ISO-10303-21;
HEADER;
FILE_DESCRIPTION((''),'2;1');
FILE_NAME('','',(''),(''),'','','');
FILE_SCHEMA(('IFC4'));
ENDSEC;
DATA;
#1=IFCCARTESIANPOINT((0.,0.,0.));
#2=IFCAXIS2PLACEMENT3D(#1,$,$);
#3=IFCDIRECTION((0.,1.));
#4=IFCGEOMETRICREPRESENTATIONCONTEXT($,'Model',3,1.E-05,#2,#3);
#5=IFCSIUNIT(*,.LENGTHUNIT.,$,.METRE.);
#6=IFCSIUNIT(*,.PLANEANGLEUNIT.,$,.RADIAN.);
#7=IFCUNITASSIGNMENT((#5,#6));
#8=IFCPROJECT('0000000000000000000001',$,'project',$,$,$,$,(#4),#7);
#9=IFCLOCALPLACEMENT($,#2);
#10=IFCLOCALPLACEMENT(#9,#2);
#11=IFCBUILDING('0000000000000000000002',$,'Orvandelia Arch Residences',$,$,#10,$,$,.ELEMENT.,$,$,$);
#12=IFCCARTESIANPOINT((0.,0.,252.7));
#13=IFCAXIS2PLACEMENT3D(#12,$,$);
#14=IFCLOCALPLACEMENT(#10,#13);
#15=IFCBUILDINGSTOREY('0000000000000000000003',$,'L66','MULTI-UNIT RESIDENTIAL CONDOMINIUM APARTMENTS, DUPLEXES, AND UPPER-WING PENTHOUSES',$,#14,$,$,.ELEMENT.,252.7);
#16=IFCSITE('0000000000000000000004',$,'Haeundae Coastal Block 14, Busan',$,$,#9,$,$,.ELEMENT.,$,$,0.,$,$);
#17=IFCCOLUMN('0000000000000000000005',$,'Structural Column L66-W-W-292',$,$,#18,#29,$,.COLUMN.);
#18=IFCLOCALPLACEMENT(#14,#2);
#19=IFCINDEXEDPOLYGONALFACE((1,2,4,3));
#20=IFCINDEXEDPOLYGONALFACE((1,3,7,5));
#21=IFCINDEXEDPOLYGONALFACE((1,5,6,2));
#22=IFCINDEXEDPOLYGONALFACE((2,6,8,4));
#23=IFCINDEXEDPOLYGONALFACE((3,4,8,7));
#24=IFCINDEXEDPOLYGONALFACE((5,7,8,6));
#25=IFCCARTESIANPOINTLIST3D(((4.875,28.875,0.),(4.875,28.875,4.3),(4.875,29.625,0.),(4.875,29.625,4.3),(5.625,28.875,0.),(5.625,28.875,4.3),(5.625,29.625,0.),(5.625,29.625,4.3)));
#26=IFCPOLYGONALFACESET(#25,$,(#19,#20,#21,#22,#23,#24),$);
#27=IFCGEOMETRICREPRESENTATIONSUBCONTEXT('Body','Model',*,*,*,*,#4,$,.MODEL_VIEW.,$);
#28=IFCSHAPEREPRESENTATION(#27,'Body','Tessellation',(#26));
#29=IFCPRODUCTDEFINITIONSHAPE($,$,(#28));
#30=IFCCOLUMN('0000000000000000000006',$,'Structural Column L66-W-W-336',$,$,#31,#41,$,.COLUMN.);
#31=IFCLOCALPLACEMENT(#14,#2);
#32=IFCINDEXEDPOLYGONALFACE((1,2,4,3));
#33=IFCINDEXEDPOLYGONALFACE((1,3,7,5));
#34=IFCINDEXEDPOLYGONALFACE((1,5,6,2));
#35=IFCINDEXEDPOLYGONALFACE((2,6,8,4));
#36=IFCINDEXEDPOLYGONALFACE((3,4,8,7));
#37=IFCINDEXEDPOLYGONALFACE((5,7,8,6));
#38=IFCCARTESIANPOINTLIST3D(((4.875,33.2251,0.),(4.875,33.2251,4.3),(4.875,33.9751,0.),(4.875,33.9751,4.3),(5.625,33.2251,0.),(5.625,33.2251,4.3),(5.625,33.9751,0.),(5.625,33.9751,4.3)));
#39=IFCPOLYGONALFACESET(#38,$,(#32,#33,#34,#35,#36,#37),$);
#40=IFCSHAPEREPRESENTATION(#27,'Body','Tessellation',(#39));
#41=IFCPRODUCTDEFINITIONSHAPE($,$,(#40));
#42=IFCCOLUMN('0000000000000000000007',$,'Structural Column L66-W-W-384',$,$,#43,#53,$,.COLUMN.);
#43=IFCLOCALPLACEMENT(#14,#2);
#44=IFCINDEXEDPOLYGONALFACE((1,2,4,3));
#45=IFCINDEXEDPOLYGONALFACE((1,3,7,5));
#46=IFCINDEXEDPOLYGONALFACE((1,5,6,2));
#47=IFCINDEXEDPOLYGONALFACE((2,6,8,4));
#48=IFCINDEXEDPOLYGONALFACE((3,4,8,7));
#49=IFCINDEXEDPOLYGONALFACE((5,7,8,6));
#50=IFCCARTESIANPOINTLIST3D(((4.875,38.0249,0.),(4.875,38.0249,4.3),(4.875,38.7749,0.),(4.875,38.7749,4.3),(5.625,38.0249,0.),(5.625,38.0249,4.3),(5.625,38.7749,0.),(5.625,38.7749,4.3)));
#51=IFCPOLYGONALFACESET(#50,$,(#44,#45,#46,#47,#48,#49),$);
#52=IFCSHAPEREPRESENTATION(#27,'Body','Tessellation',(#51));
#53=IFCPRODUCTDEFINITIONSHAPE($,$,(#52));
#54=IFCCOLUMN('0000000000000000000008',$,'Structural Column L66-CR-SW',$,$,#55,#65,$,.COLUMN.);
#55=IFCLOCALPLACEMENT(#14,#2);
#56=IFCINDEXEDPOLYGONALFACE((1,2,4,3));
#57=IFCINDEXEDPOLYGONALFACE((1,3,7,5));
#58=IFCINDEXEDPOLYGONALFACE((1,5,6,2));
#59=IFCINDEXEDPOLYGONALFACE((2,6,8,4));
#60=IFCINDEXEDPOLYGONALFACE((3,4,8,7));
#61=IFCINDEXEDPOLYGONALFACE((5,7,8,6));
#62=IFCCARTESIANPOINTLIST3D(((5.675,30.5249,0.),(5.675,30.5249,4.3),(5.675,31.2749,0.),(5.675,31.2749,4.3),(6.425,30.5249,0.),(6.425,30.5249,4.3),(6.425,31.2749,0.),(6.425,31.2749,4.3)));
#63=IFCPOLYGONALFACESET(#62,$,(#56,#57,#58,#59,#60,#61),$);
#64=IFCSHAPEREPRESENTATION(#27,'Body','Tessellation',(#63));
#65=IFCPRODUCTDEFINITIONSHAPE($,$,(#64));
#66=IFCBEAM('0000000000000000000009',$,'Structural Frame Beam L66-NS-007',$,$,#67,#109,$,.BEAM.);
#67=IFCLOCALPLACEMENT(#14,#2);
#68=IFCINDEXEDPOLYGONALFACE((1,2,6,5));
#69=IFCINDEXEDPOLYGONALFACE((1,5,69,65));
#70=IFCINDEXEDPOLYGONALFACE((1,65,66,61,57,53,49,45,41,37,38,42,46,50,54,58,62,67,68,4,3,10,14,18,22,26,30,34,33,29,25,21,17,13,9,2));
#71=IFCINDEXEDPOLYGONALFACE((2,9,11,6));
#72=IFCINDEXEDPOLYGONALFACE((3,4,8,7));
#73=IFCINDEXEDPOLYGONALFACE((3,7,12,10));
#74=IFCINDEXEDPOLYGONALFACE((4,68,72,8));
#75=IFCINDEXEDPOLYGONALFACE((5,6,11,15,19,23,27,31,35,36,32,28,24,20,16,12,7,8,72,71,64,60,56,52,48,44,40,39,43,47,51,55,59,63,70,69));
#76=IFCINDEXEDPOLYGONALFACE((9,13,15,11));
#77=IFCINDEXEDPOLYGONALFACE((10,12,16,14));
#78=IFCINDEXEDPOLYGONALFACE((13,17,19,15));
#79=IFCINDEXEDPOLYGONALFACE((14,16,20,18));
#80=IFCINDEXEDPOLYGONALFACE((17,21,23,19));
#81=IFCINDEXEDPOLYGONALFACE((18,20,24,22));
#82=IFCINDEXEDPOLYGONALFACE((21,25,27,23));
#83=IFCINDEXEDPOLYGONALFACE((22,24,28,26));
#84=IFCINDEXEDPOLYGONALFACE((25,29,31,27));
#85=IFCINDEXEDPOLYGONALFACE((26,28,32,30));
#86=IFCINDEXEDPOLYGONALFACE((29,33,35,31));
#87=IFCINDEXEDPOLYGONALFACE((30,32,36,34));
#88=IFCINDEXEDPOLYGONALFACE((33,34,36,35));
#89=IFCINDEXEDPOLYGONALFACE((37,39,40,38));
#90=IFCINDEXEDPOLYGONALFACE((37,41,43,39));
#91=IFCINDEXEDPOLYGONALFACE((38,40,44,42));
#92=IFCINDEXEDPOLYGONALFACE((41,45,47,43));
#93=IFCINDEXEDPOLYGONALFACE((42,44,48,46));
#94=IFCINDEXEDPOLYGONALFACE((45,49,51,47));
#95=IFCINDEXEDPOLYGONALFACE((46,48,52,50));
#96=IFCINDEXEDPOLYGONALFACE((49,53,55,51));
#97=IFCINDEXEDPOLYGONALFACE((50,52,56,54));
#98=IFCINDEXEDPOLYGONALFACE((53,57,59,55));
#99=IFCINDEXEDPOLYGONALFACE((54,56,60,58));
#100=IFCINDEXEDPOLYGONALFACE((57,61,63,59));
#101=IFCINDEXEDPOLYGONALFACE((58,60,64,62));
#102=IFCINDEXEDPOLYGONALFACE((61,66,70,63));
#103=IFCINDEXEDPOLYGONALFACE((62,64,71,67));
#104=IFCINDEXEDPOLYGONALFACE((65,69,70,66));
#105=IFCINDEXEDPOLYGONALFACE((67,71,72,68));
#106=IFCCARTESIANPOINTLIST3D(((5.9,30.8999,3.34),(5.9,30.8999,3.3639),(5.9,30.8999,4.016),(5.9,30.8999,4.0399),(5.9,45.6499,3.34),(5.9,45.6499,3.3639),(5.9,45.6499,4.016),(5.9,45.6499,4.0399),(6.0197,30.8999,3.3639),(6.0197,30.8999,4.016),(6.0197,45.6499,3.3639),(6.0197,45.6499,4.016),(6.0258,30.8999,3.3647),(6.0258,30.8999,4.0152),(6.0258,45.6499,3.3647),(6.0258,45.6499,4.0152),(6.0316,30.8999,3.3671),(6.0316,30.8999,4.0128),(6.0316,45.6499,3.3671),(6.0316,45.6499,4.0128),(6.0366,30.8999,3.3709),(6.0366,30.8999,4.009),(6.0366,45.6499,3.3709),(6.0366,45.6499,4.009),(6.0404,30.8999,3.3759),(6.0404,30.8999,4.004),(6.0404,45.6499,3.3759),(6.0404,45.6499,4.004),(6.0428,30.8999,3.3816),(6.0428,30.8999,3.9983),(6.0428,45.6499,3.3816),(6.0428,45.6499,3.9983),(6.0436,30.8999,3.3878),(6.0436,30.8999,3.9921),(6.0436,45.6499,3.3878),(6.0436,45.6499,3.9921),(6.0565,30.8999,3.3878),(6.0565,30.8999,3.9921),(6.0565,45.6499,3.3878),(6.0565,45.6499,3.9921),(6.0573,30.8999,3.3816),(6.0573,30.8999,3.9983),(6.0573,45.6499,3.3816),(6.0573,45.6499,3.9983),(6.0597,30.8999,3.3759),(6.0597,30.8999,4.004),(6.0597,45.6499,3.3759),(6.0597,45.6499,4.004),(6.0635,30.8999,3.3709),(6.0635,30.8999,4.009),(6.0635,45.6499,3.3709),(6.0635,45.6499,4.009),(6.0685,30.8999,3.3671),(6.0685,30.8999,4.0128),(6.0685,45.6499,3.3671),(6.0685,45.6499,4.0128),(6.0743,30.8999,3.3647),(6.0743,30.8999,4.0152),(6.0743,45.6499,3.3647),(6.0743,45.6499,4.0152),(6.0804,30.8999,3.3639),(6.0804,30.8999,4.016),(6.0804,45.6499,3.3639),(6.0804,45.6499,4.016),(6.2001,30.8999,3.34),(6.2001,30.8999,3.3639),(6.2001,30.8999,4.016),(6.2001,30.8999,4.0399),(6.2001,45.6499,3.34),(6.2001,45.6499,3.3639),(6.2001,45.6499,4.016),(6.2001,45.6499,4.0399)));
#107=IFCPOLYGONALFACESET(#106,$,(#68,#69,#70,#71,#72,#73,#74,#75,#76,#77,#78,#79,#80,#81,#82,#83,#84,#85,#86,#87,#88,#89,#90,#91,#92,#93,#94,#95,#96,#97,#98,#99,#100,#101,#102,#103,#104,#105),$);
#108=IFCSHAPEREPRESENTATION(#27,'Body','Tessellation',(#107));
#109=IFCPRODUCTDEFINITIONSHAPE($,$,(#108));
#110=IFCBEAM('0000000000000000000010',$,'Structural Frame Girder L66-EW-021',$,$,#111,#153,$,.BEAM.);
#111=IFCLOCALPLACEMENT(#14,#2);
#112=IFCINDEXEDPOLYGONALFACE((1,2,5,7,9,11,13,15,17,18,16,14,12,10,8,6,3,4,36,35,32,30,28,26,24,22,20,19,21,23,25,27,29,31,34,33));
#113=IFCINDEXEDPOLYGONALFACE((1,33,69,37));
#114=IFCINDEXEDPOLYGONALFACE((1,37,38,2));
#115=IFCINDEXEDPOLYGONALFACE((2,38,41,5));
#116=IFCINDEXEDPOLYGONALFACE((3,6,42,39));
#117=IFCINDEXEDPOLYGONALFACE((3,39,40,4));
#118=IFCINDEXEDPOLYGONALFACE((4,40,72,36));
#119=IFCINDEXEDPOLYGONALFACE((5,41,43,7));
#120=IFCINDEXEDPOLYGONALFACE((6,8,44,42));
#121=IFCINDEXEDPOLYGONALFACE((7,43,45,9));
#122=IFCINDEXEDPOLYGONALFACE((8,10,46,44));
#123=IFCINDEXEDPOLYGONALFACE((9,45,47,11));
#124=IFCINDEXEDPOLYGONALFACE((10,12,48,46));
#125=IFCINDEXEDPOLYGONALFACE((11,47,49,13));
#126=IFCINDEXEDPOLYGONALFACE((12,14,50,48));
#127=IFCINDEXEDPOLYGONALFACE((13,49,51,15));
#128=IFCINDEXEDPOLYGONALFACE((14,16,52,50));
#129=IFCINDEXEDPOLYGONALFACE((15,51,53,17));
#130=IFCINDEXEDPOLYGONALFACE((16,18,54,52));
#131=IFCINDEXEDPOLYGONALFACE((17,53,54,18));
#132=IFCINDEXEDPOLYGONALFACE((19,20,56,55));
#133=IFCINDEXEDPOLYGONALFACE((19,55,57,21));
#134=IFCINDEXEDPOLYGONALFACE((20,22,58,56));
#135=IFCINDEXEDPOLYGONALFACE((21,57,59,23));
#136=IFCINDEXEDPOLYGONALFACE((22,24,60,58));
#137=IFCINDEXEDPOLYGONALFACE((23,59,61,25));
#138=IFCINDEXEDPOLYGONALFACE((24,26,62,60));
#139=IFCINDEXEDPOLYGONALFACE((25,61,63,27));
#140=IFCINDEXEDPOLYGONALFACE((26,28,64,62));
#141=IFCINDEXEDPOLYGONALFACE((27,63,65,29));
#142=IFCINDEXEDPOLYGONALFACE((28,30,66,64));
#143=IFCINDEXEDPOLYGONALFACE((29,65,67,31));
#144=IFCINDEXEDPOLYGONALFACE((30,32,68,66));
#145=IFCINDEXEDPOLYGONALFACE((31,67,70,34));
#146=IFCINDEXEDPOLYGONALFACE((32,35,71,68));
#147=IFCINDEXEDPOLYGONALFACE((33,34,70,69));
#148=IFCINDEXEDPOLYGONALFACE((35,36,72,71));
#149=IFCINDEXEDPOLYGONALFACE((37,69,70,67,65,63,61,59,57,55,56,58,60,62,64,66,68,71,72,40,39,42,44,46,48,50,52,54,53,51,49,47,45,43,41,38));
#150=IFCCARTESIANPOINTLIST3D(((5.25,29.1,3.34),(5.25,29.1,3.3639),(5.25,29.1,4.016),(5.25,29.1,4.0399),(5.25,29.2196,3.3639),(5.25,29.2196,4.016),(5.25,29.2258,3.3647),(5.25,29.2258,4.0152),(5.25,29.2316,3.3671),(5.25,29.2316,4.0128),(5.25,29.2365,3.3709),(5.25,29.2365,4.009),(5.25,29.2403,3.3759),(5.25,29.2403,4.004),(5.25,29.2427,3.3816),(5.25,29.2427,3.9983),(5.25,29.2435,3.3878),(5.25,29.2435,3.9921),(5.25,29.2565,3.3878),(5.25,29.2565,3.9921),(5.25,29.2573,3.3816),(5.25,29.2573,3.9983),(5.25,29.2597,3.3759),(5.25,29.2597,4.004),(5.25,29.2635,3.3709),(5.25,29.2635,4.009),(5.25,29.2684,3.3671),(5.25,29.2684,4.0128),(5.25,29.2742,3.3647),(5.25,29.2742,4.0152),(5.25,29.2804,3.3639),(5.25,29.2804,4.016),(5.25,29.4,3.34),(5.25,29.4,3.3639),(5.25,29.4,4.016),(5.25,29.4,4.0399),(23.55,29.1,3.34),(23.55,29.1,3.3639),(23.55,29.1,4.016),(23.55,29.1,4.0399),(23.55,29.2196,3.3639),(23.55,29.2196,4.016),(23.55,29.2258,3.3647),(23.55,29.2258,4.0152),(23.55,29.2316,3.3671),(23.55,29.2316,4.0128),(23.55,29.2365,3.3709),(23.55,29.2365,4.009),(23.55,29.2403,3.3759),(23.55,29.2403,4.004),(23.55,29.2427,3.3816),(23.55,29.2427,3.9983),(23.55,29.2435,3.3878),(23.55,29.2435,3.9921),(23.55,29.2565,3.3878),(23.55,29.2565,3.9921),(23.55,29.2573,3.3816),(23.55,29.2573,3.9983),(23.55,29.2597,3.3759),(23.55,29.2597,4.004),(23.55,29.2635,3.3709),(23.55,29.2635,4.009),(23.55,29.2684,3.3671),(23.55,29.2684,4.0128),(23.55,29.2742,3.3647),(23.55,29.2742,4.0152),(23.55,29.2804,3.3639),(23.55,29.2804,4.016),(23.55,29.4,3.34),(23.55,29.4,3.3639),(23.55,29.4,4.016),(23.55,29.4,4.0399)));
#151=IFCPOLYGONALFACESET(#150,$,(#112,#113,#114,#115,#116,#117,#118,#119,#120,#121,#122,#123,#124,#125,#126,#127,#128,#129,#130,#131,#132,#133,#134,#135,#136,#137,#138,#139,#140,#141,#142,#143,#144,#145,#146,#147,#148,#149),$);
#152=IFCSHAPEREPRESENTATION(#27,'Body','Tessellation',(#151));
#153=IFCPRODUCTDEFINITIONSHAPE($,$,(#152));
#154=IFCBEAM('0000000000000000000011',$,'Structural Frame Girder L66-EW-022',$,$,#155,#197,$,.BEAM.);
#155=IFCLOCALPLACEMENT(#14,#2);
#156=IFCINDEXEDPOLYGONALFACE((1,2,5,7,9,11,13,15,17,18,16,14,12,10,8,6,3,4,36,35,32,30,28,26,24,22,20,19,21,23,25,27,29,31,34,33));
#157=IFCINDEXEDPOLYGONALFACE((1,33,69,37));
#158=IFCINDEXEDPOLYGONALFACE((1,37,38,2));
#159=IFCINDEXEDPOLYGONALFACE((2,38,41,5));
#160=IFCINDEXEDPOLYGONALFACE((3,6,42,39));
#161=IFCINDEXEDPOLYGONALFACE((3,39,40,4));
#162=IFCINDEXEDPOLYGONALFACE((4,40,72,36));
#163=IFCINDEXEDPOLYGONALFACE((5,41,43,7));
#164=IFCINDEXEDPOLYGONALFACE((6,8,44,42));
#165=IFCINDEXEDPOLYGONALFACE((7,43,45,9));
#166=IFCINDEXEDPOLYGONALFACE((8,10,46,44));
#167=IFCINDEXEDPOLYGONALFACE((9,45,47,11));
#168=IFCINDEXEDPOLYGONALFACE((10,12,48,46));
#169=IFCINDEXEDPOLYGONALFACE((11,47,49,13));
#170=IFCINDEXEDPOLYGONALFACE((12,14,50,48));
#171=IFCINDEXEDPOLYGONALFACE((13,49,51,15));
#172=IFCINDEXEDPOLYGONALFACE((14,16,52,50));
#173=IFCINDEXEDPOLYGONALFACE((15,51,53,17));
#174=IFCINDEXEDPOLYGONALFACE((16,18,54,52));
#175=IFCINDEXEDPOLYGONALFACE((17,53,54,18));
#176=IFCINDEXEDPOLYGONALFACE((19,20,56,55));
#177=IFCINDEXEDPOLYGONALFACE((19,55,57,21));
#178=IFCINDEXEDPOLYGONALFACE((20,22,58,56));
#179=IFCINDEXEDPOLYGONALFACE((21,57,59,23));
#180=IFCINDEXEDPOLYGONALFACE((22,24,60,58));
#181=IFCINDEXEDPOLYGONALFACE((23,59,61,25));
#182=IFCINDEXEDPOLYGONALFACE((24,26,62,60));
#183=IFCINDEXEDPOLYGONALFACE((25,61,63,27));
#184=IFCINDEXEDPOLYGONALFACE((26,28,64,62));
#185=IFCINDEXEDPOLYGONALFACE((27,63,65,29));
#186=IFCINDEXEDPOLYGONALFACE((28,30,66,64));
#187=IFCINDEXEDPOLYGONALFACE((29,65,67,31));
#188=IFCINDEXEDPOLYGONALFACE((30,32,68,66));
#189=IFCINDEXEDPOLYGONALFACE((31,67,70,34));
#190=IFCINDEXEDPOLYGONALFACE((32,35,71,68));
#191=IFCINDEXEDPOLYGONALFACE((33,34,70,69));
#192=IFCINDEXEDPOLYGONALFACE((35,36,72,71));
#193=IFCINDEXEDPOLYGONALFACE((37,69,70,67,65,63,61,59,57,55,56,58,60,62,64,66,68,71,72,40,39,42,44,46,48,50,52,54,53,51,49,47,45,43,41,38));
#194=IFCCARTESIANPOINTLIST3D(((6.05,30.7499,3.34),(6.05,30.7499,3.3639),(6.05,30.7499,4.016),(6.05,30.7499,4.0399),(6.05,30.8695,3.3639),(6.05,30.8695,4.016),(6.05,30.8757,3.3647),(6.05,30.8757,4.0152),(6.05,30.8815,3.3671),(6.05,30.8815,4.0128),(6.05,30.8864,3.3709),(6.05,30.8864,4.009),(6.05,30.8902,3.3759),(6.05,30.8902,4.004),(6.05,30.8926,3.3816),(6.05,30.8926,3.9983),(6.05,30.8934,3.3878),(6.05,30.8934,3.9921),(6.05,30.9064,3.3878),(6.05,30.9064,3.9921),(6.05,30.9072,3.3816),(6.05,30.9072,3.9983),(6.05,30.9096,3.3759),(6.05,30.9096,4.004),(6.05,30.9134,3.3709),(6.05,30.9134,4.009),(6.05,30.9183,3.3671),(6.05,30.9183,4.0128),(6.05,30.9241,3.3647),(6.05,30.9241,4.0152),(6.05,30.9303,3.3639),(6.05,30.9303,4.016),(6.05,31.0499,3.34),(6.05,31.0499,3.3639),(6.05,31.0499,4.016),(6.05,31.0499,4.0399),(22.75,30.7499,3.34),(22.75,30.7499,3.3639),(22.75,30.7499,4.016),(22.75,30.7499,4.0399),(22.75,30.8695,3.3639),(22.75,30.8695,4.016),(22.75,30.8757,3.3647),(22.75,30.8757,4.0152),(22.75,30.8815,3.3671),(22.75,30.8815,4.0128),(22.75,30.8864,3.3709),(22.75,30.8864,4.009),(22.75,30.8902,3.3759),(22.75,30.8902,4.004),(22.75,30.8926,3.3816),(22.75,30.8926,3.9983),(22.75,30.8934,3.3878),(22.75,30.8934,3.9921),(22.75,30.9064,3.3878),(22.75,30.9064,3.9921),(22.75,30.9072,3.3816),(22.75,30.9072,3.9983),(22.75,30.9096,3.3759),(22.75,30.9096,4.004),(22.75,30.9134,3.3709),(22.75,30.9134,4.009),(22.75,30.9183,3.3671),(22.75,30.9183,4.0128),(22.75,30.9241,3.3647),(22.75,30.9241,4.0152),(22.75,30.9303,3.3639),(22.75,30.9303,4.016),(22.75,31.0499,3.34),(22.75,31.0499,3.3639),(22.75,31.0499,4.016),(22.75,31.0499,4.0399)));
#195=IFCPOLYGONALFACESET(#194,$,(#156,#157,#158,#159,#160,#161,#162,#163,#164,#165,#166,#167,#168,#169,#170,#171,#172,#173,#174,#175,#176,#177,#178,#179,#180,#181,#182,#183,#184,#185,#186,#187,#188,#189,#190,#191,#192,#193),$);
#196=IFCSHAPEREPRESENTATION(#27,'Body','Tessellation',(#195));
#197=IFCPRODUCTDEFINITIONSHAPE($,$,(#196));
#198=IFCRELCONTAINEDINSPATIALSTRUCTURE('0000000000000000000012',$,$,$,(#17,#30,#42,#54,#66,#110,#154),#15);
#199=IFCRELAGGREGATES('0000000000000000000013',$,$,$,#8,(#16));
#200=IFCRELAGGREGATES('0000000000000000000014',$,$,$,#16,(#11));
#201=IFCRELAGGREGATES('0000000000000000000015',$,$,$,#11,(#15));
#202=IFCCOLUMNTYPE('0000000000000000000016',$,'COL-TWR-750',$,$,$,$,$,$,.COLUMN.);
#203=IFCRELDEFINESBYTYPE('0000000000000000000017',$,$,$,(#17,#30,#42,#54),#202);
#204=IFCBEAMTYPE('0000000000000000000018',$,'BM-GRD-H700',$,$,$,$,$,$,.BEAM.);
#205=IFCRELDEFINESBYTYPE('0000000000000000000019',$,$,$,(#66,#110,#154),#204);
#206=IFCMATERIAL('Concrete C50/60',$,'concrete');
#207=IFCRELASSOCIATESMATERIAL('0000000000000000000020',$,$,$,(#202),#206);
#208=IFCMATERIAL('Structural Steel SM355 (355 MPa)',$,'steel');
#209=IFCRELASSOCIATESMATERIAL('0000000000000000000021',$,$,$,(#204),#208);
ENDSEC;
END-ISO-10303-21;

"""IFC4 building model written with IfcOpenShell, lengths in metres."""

from ifc_helpers import new_model, si_unit, direction, frame, origin, origin_2d, place, context, subcontext, project, spatial, rectangle, i_section, extrude, material, material_profile, profile_set, type_object, element, save


model = new_model("IFC4")

# Units and contexts
model_context = context("Model", 3, precision=1e-05, world=origin(), true_north=direction((0.0, 1.0)))
body_context = subcontext(model_context, "Body", "Model", "MODEL_VIEW")
ifc_project = project(units=[si_unit("LENGTHUNIT", "METRE"), si_unit("PLANEANGLEUNIT", "RADIAN")], contexts=[model_context])

# Site, building, storey
site_placement = place(None, origin())
site = spatial("IfcSite", under=ifc_project, at=site_placement, Name="Haeundae Coastal Block 14, Busan", CompositionType="ELEMENT", RefElevation=0.0)
building_placement = place(site_placement, origin())
building = spatial("IfcBuilding", under=site, at=building_placement, Name="Orvandelia Arch Residences", CompositionType="ELEMENT")
storey_placement = place(building_placement, frame((0.0, 0.0, 252.7)))
storey = spatial("IfcBuildingStorey", under=building, at=storey_placement, Name="L66", Description="MULTI-UNIT RESIDENTIAL CONDOMINIUM APARTMENTS, DUPLEXES, AND UPPER-WING PENTHOUSES", CompositionType="ELEMENT", Elevation=252.7)

# Columns
ifc_material_1 = material(Name="Concrete C50/60", Category="concrete")
ifc_material_profile_1 = material_profile(ifc_material_1, rectangle(XDim=0.75, YDim=0.75, at=origin_2d()), Name="Concrete C50/60", Category="concrete")
ifc_profile_set_1 = profile_set([ifc_material_profile_1], Name="Concrete C50/60")
column_type = type_object("IfcColumnType", Name="COL-TWR-750", PredefinedType="COLUMN", material=ifc_profile_set_1)
for number, where, z_axis, x_axis, name in (
    (1, (5.25, 29.25, 0.0), (0.0, 0.0, 1.0), (1.0, 0.0, 0.0), "Structural Column L66-W-W-292"),
    (2, (5.25, 33.6001, 0.0), (0.0, 0.0, 1.0), (1.0, 0.0, 0.0), "Structural Column L66-W-W-336"),
    (3, (5.25, 38.3999, 0.0), (0.0, 0.0, 1.0), (1.0, 0.0, 0.0), "Structural Column L66-W-W-384"),
    (4, (6.05, 30.8999, 0.0), (0.0, 0.0, 1.0), (1.0, 0.0, 0.0), "Structural Column L66-CR-SW"),
):
    element("IfcColumn", number, at=place(storey_placement, frame(where, z_axis=z_axis, x_axis=x_axis)), inside=storey, type_object=column_type, Name=name, PredefinedType="COLUMN", context=body_context, shape_type="SweptSolid", body=[
        extrude(rectangle(XDim=0.75, YDim=0.75, at=origin_2d()), origin(), (0.0, 0.0, 1.0), 4.3),
    ])

# Beams
ifc_material_2 = material(Name="Structural Steel SM355 (355 MPa)", Category="steel")
ifc_material_profile_2 = material_profile(ifc_material_2, i_section(OverallWidth=0.3, OverallDepth=0.7, WebThickness=0.0129, FlangeThickness=0.0239, FilletRadius=0.0239, at=origin_2d()), Name="Structural Steel SM355 (355 MPa)", Category="steel")
ifc_profile_set_2 = profile_set([ifc_material_profile_2], Name="Structural Steel SM355 (355 MPa)")
beam_type_1 = type_object("IfcBeamType", Name="BM-GRD-H700", PredefinedType="BEAM", material=ifc_profile_set_2)
beam_1_placement = place(storey_placement, frame((6.05, 30.8999, 3.6899), z_axis=(0.0, 1.0, 0.0), x_axis=(-1.0, 0.0, 0.0)))
element("IfcBeam", 5, at=beam_1_placement, inside=storey, type_object=beam_type_1, Name="Structural Frame Beam L66-NS-007", PredefinedType="BEAM", context=body_context, shape_type="SweptSolid", body=[
    extrude(i_section(OverallWidth=0.3, OverallDepth=0.7, WebThickness=0.0129, FlangeThickness=0.0239, FilletRadius=0.0239, at=origin_2d()), origin(), (0.0, 0.0, 1.0), 14.75),
])
beam_2_placement = place(storey_placement, frame((5.25, 29.25, 3.6899), z_axis=(1.0, 0.0, 0.0), x_axis=(0.0, 1.0, 0.0)))
element("IfcBeam", 6, at=beam_2_placement, inside=storey, type_object=beam_type_1, Name="Structural Frame Girder L66-EW-021", PredefinedType="BEAM", context=body_context, shape_type="SweptSolid", body=[
    extrude(i_section(OverallWidth=0.3, OverallDepth=0.7, WebThickness=0.0129, FlangeThickness=0.0239, FilletRadius=0.0239, at=origin_2d()), origin(), (0.0, 0.0, 1.0), 18.3),
])
beam_3_placement = place(storey_placement, frame((6.05, 30.8999, 3.6899), z_axis=(1.0, 0.0, 0.0), x_axis=(0.0, 1.0, 0.0)))
element("IfcBeam", 7, at=beam_3_placement, inside=storey, type_object=beam_type_1, Name="Structural Frame Girder L66-EW-022", PredefinedType="BEAM", context=body_context, shape_type="SweptSolid", body=[
    extrude(i_section(OverallWidth=0.3, OverallDepth=0.7, WebThickness=0.0129, FlangeThickness=0.0239, FilletRadius=0.0239, at=origin_2d()), origin(), (0.0, 0.0, 1.0), 16.7),
])

save(model, "model.ifc")
